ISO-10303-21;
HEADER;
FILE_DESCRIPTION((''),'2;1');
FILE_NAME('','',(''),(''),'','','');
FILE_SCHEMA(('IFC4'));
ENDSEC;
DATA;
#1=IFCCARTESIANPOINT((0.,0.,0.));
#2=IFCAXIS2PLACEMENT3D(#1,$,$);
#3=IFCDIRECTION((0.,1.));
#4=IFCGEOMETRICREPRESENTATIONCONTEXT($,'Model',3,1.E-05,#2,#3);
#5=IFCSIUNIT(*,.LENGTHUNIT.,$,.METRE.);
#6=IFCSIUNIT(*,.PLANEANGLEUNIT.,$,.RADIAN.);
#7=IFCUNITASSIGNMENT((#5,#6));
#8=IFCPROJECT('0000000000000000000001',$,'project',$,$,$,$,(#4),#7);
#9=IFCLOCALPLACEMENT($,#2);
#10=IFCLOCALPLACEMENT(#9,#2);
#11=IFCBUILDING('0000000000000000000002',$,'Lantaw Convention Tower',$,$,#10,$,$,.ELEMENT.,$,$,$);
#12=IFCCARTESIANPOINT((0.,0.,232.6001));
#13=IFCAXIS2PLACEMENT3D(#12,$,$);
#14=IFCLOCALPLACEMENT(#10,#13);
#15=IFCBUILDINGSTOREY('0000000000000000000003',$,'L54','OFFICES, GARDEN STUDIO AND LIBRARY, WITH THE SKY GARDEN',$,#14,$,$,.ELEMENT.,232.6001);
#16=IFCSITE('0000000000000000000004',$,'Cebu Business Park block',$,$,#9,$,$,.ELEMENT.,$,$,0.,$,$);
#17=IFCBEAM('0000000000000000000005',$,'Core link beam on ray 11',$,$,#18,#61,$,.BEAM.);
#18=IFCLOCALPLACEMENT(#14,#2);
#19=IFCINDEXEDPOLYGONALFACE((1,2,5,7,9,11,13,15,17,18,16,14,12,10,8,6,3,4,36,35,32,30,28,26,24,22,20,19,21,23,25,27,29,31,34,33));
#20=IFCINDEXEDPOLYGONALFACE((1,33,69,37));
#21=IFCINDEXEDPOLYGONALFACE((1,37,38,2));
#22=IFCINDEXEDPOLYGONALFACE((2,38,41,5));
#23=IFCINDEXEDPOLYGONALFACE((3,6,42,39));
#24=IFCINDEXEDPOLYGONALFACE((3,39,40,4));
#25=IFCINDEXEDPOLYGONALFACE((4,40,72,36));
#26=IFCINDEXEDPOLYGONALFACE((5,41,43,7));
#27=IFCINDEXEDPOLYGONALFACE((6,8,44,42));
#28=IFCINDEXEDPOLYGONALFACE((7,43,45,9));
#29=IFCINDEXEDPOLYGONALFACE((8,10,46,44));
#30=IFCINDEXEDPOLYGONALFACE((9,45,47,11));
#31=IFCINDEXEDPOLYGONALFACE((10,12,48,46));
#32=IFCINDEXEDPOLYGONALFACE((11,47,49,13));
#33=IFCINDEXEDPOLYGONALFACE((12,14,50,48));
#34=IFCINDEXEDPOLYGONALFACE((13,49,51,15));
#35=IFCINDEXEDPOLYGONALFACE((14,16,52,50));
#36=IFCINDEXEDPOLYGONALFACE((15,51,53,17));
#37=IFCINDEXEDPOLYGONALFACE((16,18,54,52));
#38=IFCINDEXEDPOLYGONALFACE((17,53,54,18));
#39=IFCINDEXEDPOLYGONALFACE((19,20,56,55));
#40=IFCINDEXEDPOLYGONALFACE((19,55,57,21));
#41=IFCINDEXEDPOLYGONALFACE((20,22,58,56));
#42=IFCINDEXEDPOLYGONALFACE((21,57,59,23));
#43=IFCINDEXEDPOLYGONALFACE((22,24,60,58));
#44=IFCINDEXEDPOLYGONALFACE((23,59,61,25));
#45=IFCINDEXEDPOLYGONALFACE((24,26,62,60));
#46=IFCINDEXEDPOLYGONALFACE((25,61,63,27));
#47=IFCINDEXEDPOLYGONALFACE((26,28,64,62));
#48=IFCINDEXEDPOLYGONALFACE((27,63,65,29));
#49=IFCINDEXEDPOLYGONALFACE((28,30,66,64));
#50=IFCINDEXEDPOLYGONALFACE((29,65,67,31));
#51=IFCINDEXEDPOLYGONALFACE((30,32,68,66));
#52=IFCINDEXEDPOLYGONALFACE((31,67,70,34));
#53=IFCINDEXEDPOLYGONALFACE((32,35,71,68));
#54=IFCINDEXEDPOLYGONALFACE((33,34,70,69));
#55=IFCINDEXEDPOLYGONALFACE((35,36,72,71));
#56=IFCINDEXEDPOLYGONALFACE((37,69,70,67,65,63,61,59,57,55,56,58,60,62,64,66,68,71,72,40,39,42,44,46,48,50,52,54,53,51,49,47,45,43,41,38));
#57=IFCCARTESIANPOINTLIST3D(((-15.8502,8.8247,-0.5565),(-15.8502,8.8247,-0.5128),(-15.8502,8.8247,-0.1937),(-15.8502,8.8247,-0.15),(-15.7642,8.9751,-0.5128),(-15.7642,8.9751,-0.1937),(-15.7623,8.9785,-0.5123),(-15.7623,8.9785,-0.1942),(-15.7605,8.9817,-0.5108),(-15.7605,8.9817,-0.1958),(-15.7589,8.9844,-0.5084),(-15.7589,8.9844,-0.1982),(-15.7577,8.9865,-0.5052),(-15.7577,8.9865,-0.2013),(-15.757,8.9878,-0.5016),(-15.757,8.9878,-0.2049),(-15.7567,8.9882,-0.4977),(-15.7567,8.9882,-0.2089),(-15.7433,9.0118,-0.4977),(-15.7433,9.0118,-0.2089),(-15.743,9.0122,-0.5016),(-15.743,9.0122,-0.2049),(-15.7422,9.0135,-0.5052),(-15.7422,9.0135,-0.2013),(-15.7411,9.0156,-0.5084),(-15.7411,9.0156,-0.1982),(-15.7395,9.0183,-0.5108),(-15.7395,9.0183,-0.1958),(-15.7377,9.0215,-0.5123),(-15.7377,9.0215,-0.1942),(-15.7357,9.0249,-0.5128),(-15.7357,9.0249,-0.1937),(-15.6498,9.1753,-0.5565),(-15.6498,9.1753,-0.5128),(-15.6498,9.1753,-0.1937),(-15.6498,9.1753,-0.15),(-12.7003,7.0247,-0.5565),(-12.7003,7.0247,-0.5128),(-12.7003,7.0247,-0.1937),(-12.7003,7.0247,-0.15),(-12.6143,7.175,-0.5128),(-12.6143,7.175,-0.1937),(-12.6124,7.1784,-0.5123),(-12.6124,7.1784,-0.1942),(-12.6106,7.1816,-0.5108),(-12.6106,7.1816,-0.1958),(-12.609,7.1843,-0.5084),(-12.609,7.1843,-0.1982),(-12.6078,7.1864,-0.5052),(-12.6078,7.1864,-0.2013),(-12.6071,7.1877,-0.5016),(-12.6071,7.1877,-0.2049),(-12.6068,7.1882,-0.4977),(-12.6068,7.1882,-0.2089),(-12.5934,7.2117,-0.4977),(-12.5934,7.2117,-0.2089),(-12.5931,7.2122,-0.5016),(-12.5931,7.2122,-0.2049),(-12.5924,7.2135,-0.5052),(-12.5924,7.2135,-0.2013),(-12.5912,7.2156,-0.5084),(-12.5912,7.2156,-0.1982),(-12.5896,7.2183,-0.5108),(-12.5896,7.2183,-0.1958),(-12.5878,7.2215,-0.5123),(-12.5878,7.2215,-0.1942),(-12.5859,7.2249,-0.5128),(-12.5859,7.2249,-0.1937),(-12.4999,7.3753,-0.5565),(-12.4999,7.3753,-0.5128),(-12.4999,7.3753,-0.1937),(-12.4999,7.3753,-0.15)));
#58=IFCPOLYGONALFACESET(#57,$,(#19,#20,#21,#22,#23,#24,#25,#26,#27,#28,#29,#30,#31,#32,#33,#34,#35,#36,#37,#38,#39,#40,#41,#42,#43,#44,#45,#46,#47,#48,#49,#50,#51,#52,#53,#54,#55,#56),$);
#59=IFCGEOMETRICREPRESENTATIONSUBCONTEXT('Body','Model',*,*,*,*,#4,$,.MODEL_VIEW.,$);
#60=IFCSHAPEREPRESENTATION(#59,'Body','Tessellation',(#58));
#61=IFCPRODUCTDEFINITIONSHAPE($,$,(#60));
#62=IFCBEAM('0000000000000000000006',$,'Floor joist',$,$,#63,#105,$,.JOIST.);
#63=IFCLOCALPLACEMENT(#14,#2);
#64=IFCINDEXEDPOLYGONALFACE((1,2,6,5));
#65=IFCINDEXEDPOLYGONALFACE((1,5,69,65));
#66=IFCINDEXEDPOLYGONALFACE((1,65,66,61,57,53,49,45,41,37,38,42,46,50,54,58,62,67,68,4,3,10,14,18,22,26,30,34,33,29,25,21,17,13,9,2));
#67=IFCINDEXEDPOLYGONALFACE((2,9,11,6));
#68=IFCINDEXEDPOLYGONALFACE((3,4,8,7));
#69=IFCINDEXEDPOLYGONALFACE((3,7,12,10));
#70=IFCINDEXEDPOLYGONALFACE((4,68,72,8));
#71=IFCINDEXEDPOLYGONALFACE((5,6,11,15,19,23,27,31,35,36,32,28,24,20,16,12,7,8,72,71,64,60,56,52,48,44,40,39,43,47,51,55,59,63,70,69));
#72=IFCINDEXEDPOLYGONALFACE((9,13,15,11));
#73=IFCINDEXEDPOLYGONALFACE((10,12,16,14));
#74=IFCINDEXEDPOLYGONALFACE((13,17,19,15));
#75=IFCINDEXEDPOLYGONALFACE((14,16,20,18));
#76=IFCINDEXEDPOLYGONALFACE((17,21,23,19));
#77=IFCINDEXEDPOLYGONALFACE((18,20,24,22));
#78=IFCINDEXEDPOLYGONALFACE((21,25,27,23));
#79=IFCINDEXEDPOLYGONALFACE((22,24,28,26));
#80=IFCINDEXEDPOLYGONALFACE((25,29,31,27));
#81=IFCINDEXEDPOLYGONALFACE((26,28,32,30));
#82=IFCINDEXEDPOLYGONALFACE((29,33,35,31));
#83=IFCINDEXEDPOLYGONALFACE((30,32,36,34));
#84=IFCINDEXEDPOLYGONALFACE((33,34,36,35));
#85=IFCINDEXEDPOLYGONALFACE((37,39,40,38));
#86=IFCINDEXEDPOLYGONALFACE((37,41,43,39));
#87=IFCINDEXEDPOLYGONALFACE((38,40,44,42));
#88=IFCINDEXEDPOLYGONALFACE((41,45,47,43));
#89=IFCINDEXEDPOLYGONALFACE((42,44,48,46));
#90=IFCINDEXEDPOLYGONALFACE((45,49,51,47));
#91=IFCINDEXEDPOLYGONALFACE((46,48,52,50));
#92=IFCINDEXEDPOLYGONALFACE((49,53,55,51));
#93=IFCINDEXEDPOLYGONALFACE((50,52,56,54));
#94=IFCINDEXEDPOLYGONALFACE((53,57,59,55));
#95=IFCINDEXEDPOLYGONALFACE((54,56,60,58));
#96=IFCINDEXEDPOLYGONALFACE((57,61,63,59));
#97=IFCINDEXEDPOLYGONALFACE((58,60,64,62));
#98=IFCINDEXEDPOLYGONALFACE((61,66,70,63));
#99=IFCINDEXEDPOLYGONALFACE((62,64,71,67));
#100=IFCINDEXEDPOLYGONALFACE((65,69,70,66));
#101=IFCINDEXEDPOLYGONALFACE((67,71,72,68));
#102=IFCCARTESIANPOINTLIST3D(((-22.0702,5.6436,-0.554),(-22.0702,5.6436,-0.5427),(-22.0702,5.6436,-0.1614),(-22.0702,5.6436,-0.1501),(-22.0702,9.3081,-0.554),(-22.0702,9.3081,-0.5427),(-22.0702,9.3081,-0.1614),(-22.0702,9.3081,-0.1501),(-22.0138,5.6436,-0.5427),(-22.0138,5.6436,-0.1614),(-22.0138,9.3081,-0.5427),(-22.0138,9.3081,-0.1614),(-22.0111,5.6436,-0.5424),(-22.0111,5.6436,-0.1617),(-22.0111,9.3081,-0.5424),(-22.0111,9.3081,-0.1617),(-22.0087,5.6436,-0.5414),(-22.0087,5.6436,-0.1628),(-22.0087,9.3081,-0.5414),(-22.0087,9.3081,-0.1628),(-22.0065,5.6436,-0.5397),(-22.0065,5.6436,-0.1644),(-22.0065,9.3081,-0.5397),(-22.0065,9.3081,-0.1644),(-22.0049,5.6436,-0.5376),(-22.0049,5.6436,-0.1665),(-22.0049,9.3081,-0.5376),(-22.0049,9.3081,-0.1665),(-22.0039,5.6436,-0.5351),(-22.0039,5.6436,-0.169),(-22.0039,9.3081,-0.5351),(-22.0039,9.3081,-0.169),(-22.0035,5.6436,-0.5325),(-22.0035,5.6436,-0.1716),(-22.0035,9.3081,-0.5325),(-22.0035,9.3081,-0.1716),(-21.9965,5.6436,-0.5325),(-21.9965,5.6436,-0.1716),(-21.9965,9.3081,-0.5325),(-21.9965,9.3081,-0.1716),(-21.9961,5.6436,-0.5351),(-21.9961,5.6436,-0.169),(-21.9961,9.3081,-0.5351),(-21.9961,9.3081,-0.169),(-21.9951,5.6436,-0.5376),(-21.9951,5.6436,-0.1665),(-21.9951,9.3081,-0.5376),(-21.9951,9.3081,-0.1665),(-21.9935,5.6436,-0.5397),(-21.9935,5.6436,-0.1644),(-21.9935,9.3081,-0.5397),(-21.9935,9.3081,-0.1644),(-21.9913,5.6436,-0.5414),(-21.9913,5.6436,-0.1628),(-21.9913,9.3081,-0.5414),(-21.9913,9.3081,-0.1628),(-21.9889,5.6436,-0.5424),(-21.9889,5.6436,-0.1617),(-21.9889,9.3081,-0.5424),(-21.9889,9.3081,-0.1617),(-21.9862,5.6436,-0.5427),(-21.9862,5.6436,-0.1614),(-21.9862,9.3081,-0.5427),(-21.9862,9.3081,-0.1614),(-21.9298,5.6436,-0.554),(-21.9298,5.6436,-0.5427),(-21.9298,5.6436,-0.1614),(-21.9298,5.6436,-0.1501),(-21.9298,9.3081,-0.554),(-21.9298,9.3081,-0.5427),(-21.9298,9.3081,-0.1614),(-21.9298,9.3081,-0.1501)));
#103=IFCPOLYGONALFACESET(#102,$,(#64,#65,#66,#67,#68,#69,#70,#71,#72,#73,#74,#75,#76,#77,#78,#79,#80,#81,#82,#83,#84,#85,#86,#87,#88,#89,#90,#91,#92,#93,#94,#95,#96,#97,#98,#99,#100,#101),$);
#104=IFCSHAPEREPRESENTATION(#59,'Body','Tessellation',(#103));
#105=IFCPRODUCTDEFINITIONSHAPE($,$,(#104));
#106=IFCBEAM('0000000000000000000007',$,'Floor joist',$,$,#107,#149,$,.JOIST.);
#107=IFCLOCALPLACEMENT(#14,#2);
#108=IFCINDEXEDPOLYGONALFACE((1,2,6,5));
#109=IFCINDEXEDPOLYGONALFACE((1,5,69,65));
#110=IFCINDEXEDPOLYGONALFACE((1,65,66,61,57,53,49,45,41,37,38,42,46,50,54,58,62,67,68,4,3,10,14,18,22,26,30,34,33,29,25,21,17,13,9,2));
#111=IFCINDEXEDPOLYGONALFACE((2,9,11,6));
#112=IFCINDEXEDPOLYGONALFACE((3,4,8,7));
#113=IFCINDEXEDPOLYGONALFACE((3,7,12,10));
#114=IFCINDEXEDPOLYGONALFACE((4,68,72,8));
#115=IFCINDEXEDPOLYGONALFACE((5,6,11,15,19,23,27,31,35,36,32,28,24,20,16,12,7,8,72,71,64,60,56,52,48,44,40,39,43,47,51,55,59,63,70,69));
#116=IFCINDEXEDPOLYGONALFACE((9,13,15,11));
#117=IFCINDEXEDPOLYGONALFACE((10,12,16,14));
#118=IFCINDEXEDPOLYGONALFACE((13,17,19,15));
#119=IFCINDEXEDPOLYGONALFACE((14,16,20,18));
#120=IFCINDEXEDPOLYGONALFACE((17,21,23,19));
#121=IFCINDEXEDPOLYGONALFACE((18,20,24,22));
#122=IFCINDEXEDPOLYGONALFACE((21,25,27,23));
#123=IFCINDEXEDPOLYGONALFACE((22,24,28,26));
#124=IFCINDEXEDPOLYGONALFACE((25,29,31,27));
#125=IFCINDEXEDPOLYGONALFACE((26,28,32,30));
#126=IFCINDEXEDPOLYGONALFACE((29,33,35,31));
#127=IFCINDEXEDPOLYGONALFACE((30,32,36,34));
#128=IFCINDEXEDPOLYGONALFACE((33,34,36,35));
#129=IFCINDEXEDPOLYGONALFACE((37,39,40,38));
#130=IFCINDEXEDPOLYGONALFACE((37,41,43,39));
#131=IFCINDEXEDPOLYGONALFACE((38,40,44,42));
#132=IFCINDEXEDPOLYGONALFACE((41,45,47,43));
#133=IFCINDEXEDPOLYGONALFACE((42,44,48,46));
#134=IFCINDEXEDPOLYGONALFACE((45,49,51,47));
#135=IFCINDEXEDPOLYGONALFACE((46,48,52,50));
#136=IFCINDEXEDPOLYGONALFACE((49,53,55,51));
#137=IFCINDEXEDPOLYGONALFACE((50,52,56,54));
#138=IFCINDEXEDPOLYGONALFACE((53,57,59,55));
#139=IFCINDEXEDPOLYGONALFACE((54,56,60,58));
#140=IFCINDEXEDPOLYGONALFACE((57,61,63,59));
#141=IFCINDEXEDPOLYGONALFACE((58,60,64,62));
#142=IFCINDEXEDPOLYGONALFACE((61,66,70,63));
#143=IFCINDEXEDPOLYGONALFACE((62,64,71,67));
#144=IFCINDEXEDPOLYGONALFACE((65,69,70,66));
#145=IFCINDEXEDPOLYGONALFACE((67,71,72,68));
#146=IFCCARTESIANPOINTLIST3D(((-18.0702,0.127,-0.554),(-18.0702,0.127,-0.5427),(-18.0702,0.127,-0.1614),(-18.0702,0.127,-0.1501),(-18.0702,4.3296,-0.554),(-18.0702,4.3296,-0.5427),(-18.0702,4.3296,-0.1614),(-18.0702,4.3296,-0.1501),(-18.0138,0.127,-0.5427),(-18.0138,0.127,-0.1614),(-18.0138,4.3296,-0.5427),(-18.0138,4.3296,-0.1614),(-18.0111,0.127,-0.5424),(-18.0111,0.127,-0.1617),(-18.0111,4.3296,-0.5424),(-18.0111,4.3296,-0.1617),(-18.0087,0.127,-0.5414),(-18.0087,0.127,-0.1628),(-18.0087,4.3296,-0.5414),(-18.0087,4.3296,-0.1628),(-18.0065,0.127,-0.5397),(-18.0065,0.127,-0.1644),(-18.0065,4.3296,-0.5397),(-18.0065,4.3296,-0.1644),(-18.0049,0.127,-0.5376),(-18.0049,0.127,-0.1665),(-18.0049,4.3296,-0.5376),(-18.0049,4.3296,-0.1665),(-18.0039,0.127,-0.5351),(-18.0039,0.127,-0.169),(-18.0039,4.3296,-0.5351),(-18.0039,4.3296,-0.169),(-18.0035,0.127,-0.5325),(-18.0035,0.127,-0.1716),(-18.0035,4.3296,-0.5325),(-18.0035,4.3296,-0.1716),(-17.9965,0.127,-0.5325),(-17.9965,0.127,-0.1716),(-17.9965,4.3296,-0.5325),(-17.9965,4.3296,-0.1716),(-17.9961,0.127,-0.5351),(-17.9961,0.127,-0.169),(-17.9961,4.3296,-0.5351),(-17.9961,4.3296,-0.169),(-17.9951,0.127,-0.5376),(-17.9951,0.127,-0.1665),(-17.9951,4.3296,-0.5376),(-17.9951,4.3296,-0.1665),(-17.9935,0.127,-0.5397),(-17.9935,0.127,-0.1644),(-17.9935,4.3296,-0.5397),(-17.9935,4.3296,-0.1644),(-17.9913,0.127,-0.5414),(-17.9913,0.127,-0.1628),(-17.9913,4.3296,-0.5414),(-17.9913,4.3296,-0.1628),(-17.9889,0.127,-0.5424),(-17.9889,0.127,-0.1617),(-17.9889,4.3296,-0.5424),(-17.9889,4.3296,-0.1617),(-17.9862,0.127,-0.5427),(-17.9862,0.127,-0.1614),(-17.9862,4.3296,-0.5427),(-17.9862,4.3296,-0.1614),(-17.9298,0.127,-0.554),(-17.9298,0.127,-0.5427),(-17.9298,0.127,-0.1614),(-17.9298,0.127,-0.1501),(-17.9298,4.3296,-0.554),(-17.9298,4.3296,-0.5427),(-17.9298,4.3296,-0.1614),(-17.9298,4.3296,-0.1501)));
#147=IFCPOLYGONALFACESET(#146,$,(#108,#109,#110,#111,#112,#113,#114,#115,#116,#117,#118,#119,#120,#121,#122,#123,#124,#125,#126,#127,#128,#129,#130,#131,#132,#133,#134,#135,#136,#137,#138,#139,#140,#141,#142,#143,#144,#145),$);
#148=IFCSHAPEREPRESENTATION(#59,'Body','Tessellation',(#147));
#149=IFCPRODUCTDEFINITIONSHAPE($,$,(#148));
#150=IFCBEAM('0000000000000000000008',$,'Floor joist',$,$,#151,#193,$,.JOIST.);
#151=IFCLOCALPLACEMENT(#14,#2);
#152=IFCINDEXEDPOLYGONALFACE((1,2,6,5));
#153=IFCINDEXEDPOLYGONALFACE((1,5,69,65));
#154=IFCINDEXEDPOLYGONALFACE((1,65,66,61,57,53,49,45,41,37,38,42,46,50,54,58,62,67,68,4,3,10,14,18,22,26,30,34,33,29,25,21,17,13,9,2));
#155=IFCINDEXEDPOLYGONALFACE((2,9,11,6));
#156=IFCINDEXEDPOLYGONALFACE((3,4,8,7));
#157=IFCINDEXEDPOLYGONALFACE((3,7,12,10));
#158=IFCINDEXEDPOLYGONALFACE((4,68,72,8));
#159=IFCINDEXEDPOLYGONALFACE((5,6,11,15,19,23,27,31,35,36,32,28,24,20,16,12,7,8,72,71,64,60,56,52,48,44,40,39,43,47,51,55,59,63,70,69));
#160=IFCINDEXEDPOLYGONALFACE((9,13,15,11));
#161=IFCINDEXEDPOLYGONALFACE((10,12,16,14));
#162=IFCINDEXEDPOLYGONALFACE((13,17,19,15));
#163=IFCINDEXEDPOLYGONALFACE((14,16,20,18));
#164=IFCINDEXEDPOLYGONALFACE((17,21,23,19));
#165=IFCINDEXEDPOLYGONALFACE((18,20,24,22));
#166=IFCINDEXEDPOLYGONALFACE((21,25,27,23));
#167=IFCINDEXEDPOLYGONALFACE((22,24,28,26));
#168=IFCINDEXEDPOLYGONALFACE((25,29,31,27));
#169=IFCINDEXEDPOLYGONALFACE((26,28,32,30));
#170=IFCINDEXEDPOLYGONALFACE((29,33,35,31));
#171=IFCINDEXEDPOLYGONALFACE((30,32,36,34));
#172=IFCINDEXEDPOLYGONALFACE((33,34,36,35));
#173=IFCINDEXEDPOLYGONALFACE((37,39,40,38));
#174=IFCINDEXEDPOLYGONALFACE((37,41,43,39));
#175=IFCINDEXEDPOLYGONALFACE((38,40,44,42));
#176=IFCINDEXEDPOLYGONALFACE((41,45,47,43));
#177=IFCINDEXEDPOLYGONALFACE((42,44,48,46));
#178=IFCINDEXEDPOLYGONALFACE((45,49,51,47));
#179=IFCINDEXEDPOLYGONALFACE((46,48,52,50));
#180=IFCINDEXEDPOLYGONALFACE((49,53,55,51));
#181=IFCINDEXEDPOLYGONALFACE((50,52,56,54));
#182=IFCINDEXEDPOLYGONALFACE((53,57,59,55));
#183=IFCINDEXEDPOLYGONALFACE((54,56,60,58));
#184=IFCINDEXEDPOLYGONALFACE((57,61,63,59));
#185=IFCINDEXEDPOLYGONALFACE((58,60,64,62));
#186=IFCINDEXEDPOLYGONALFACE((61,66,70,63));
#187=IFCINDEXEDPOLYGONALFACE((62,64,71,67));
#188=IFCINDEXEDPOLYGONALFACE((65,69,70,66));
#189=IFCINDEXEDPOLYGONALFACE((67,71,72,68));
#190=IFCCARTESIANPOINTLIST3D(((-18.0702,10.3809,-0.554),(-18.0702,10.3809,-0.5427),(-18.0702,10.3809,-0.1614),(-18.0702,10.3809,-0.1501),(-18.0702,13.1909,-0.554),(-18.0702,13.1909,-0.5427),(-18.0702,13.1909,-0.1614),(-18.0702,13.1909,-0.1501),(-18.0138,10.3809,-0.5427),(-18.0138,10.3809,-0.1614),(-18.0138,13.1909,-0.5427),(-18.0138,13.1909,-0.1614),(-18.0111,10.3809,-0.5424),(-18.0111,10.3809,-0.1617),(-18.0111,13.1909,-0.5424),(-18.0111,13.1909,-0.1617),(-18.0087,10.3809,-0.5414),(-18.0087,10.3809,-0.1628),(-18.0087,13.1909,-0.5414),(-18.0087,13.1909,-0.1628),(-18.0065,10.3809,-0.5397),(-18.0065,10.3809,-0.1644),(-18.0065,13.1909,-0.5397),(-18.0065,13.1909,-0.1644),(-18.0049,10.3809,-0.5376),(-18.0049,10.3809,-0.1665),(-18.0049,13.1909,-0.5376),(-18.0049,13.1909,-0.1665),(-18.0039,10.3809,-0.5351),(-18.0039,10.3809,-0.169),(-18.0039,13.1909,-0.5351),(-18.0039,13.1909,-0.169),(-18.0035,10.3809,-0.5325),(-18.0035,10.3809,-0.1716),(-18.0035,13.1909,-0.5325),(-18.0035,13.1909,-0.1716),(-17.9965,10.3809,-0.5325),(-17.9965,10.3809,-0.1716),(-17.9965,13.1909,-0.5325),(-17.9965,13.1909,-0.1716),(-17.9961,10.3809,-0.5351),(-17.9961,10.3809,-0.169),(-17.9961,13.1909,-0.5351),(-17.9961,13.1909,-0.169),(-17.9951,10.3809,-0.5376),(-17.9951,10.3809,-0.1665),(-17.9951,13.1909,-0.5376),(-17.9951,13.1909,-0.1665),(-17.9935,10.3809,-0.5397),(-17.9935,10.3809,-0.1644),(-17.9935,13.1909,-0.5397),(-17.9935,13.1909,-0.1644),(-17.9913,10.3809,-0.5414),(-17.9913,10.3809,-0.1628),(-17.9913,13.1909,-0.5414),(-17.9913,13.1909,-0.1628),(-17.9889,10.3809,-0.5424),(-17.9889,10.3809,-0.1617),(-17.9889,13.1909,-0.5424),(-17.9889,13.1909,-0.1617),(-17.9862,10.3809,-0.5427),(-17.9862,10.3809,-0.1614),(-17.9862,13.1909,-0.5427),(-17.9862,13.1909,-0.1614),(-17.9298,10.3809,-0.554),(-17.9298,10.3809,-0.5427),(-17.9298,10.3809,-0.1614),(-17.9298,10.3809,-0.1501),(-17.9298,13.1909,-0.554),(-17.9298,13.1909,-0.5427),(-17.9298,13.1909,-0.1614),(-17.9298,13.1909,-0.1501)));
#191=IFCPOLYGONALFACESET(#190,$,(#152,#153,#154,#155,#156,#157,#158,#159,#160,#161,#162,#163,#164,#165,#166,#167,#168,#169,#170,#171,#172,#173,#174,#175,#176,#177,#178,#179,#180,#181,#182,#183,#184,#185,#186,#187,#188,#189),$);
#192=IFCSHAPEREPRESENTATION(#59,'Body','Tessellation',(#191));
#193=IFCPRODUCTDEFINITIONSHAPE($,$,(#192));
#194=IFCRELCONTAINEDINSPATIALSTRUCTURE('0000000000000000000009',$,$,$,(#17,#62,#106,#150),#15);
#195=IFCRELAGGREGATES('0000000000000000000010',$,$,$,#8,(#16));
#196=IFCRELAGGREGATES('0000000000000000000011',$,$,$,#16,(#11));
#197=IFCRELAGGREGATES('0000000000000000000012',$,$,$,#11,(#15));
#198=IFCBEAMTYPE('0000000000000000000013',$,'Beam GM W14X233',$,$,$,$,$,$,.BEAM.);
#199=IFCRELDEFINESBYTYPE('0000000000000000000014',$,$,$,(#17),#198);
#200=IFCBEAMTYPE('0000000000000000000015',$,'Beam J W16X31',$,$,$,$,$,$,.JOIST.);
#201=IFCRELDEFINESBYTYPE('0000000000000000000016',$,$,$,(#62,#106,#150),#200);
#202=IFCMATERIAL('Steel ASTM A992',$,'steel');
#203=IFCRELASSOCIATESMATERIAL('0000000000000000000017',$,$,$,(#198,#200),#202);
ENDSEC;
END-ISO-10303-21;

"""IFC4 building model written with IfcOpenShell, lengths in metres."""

from ifc_helpers import new_model, si_unit, direction, frame, origin, origin_2d, place, context, subcontext, project, spatial, i_section, extrude, material, material_profile, profile_set, type_object, element, save


model = new_model("IFC4")

# Units and contexts
model_context = context("Model", 3, precision=1e-05, world=origin(), true_north=direction((0.0, 1.0)))
body_context = subcontext(model_context, "Body", "Model", "MODEL_VIEW")
ifc_project = project(units=[si_unit("LENGTHUNIT", "METRE"), si_unit("PLANEANGLEUNIT", "RADIAN")], contexts=[model_context])

# Site, building, storey
site_placement = place(None, origin())
site = spatial("IfcSite", under=ifc_project, at=site_placement, Name="Cebu Business Park block", CompositionType="ELEMENT", RefElevation=0.0)
building_placement = place(site_placement, origin())
building = spatial("IfcBuilding", under=site, at=building_placement, Name="Lantaw Convention Tower", CompositionType="ELEMENT")
storey_placement = place(building_placement, frame((0.0, 0.0, 232.6001)))
storey = spatial("IfcBuildingStorey", under=building, at=storey_placement, Name="L54", Description="OFFICES, GARDEN STUDIO AND LIBRARY, WITH THE SKY GARDEN", CompositionType="ELEMENT", Elevation=232.6001)

# Beams
ifc_material_1 = material(Name="Steel ASTM A992", Category="steel")
ifc_material_profile_1 = material_profile(ifc_material_1, i_section(OverallWidth=0.4038, OverallDepth=0.4065, WebThickness=0.0271, FlangeThickness=0.0437, FilletRadius=0.0151, at=origin_2d()), Name="W14X233")
ifc_profile_set_1 = profile_set([ifc_material_profile_1], Name="Steel ASTM A992")
beam_type_1 = type_object("IfcBeamType", Name="Beam GM W14X233", PredefinedType="BEAM", material=ifc_profile_set_1)
beam_1_placement = place(storey_placement, frame((-12.6001, 7.2, -0.3533), z_axis=(-0.868231, 0.496161, 0.0), x_axis=(-0.496161, -0.868231, 0.0)))
element("IfcBeam", 1, at=beam_1_placement, inside=storey, type_object=beam_type_1, Name="Core link beam on ray 11", PredefinedType="BEAM", context=body_context, shape_type="SweptSolid", body=[
    extrude(i_section(OverallWidth=0.4038, OverallDepth=0.4065, WebThickness=0.0271, FlangeThickness=0.0437, FilletRadius=0.0151, at=origin_2d()), origin(), (0.0, 0.0, 1.0), 3.6279),
])
ifc_material_profile_2 = material_profile(ifc_material_1, i_section(OverallWidth=0.1404, OverallDepth=0.4038, WebThickness=0.0071, FlangeThickness=0.0112, FilletRadius=0.0103, at=origin_2d()), Name="W16X31")
ifc_profile_set_2 = profile_set([ifc_material_profile_2], Name="Steel ASTM A992")
beam_type_2 = type_object("IfcBeamType", Name="Beam J W16X31", PredefinedType="JOIST", material=ifc_profile_set_2)
beam_2_placement = place(storey_placement, frame((-22.0, 5.6436, -0.3521), z_axis=(0.0, 1.0, 0.0), x_axis=(-1.0, 0.0, 0.0)))
element("IfcBeam", 2, at=beam_2_placement, inside=storey, type_object=beam_type_2, Name="Floor joist", PredefinedType="JOIST", context=body_context, shape_type="SweptSolid", body=[
    extrude(i_section(OverallWidth=0.1404, OverallDepth=0.4038, WebThickness=0.0071, FlangeThickness=0.0112, FilletRadius=0.0103, at=origin_2d()), origin(), (0.0, 0.0, 1.0), 3.6646),
])
beam_3_placement = place(storey_placement, frame((-18.0, 0.127, -0.3521), z_axis=(0.0, 1.0, 0.0), x_axis=(-1.0, 0.0, 0.0)))
element("IfcBeam", 3, at=beam_3_placement, inside=storey, type_object=beam_type_2, Name="Floor joist", PredefinedType="JOIST", context=body_context, shape_type="SweptSolid", body=[
    extrude(i_section(OverallWidth=0.1404, OverallDepth=0.4038, WebThickness=0.0071, FlangeThickness=0.0112, FilletRadius=0.0103, at=origin_2d()), origin(), (0.0, 0.0, 1.0), 4.2026),
])
beam_4_placement = place(storey_placement, frame((-18.0, 10.3809, -0.3521), z_axis=(0.0, 1.0, 0.0), x_axis=(-1.0, 0.0, 0.0)))
element("IfcBeam", 4, at=beam_4_placement, inside=storey, type_object=beam_type_2, Name="Floor joist", PredefinedType="JOIST", context=body_context, shape_type="SweptSolid", body=[
    extrude(i_section(OverallWidth=0.1404, OverallDepth=0.4038, WebThickness=0.0071, FlangeThickness=0.0112, FilletRadius=0.0103, at=origin_2d()), origin(), (0.0, 0.0, 1.0), 2.8101),
])

save(model, "model.ifc")
